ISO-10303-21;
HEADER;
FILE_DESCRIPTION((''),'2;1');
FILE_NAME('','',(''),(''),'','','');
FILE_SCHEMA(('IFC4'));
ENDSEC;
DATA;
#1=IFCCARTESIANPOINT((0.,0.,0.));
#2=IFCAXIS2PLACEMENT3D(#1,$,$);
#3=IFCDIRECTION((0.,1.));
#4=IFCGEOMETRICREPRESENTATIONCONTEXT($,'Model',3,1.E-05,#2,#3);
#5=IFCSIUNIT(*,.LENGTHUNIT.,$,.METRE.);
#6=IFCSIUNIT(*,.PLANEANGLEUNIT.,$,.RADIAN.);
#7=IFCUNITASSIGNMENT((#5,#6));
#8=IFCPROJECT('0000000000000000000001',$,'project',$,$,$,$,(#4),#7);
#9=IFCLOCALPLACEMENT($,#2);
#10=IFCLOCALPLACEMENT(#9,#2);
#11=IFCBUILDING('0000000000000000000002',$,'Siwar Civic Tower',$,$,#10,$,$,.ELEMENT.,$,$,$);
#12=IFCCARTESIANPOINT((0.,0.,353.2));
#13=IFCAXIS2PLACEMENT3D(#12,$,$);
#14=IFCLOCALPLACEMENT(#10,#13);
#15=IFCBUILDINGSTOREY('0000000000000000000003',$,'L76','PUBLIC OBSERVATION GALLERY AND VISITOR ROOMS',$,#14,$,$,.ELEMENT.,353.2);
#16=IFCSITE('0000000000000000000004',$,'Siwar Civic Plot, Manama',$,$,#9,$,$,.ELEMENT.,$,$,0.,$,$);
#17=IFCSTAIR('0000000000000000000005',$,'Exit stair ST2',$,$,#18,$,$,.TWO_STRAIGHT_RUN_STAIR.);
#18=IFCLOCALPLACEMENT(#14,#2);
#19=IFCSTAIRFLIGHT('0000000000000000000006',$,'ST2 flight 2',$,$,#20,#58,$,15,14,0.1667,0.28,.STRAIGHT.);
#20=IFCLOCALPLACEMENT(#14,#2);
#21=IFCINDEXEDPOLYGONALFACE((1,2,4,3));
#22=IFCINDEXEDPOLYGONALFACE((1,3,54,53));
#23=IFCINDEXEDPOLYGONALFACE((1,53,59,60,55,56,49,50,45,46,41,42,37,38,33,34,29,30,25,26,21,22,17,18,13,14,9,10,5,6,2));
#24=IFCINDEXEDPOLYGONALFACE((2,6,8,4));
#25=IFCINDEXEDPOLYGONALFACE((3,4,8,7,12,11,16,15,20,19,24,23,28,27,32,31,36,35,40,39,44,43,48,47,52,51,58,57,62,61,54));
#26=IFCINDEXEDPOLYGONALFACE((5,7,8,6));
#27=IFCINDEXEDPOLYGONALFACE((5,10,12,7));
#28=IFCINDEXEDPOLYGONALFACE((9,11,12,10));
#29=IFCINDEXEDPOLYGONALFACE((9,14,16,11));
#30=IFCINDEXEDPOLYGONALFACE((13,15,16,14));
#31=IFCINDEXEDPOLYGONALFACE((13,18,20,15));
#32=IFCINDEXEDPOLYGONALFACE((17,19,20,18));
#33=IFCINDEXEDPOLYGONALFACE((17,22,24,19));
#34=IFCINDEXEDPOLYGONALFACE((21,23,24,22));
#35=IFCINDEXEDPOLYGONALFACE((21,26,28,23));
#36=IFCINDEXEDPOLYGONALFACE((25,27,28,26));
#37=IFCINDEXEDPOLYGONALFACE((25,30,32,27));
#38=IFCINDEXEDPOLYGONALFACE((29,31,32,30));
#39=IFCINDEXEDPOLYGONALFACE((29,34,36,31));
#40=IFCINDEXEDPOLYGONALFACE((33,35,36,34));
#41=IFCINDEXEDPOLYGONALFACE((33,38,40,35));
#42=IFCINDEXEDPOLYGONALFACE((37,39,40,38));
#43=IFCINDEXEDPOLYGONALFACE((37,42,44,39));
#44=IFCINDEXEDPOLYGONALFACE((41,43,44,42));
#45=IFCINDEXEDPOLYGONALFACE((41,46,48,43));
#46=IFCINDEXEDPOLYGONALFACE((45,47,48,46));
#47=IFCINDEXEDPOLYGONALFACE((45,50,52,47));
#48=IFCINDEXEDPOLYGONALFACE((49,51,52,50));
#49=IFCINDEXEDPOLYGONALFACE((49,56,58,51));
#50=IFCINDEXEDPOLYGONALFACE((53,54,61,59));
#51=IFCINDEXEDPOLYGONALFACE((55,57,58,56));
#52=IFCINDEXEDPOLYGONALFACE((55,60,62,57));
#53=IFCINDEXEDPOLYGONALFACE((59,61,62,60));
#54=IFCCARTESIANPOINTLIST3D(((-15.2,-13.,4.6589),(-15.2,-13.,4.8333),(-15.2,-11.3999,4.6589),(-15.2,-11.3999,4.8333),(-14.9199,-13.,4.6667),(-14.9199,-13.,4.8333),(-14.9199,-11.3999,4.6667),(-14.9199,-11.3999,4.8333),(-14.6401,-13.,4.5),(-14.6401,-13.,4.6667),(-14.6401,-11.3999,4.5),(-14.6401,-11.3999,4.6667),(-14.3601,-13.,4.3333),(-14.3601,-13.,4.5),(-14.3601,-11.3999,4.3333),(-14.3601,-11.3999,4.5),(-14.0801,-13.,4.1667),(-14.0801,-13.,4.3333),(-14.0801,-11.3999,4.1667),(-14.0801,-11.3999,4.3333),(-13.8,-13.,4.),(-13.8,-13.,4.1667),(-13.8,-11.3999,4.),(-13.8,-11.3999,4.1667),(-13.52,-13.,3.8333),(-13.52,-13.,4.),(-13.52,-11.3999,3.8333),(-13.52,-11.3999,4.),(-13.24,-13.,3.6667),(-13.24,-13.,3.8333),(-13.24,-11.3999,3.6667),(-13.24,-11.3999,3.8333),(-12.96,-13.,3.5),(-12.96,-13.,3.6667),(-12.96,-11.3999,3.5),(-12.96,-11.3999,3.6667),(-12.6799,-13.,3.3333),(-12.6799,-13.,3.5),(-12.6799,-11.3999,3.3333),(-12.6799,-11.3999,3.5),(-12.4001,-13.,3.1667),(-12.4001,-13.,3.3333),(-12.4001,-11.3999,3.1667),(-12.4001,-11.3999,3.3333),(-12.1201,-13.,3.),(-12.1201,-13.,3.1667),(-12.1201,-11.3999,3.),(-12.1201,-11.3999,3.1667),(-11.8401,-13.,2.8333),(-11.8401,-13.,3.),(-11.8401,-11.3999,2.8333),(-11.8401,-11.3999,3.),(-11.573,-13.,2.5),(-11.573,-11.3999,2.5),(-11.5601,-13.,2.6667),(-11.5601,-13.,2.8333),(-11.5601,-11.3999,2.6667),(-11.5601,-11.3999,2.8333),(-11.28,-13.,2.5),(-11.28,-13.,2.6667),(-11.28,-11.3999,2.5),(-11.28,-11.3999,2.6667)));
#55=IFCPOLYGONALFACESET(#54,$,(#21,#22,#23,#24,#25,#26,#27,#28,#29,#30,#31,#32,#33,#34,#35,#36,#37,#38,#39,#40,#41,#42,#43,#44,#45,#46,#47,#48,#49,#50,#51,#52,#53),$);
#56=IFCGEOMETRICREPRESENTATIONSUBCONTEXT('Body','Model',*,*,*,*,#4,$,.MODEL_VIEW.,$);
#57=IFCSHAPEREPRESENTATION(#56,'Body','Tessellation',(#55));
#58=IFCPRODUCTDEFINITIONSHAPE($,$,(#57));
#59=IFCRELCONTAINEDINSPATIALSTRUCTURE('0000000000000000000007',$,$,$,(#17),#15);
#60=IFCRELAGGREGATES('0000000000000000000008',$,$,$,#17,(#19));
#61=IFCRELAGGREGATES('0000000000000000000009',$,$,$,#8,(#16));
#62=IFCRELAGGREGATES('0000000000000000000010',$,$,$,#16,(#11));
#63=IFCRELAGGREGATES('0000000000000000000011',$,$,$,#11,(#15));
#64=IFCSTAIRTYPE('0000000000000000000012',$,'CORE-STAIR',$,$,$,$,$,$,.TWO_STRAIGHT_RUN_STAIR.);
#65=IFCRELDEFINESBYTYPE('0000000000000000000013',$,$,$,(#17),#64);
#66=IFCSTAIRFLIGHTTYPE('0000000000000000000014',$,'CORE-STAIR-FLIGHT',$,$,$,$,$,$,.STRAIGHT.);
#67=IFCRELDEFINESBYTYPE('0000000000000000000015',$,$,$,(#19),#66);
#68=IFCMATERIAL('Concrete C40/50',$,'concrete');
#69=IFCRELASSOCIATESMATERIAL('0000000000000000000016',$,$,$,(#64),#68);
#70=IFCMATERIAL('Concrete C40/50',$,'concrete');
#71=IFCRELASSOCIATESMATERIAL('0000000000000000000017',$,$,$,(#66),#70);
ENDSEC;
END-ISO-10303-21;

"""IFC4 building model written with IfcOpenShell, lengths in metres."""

from ifc_helpers import new_model, si_unit, direction, frame, origin, place, context, subcontext, project, spatial, polyline, outline, extrude, material, type_object, element, aggregate, save


model = new_model("IFC4")

# Units and contexts
model_context = context("Model", 3, precision=1e-05, world=origin(), true_north=direction((0.0, 1.0)))
body_context = subcontext(model_context, "Body", "Model", "MODEL_VIEW")
ifc_project = project(units=[si_unit("LENGTHUNIT", "METRE"), si_unit("PLANEANGLEUNIT", "RADIAN")], contexts=[model_context])

# Site, building, storey
site_placement = place(None, origin())
site = spatial("IfcSite", under=ifc_project, at=site_placement, Name="Siwar Civic Plot, Manama", CompositionType="ELEMENT", RefElevation=0.0)
building_placement = place(site_placement, origin())
building = spatial("IfcBuilding", under=site, at=building_placement, Name="Siwar Civic Tower", CompositionType="ELEMENT")
storey_placement = place(building_placement, frame((0.0, 0.0, 353.2)))
storey = spatial("IfcBuildingStorey", under=building, at=storey_placement, Name="L76", Description="PUBLIC OBSERVATION GALLERY AND VISITOR ROOMS", CompositionType="ELEMENT", Elevation=353.2)

# Stair, stair flight
ifc_material_1 = material(Name="Concrete C40/50", Category="concrete")
stair_type = type_object("IfcStairType", Name="CORE-STAIR", PredefinedType="TWO_STRAIGHT_RUN_STAIR", material=ifc_material_1)
stair_placement = place(storey_placement, origin())
stair = element("IfcStair", 1, at=stair_placement, inside=storey, type_object=stair_type, Name="Exit stair ST2", PredefinedType="TWO_STRAIGHT_RUN_STAIR")
ifc_material_2 = material(Name="Concrete C40/50", Category="concrete")
stair_flight_type = type_object("IfcStairFlightType", Name="CORE-STAIR-FLIGHT", PredefinedType="STRAIGHT", material=ifc_material_2)
stair_flight_placement = place(storey_placement, frame((-11.28, -12.2, 2.5), z_axis=(0.0, 0.0, 1.0), x_axis=(-1.0, 0.0, 0.0)))
stair_flight = element("IfcStairFlight", 2, at=stair_flight_placement, type_object=stair_flight_type, Name="ST2 flight 2", NumberOfRisers=15, NumberOfTreads=14, PredefinedType="STRAIGHT", RiserHeight=0.1667, TreadLength=0.28, context=body_context, shape_type="SweptSolid", body=[
    extrude(outline(polyline([(0.0, 0.0), (0.0, 0.1667), (0.28, 0.1667), (0.28, 0.3333), (0.5601, 0.3333), (0.5601, 0.5), (0.8401, 0.5), (0.8401, 0.6667), (1.1201, 0.6667), (1.1201, 0.8333), (1.3999, 0.8333), (1.3999, 1.0), (1.6799, 1.0), (1.6799, 1.1667), (1.96, 1.1667), (1.96, 1.3333), (2.24, 1.3333), (2.24, 1.5), (2.52, 1.5), (2.52, 1.6667), (2.8, 1.6667), (2.8, 1.8333), (3.0801, 1.8333), (3.0801, 2.0), (3.3601, 2.0), (3.3601, 2.1667), (3.6399, 2.1667), (3.6399, 2.3333), (3.9199, 2.3333), (3.9199, 2.5), (3.9199, 2.1589), (0.293, 0.0), (0.0, 0.0)])), frame((0.0, 0.8, 0.0), z_axis=(0.0, -1.0, 0.0), x_axis=(1.0, 0.0, 0.0)), (0.0, 0.0, 1.0), 1.6001),
])
aggregate(stair, [stair_flight])

save(model, "model.ifc")
